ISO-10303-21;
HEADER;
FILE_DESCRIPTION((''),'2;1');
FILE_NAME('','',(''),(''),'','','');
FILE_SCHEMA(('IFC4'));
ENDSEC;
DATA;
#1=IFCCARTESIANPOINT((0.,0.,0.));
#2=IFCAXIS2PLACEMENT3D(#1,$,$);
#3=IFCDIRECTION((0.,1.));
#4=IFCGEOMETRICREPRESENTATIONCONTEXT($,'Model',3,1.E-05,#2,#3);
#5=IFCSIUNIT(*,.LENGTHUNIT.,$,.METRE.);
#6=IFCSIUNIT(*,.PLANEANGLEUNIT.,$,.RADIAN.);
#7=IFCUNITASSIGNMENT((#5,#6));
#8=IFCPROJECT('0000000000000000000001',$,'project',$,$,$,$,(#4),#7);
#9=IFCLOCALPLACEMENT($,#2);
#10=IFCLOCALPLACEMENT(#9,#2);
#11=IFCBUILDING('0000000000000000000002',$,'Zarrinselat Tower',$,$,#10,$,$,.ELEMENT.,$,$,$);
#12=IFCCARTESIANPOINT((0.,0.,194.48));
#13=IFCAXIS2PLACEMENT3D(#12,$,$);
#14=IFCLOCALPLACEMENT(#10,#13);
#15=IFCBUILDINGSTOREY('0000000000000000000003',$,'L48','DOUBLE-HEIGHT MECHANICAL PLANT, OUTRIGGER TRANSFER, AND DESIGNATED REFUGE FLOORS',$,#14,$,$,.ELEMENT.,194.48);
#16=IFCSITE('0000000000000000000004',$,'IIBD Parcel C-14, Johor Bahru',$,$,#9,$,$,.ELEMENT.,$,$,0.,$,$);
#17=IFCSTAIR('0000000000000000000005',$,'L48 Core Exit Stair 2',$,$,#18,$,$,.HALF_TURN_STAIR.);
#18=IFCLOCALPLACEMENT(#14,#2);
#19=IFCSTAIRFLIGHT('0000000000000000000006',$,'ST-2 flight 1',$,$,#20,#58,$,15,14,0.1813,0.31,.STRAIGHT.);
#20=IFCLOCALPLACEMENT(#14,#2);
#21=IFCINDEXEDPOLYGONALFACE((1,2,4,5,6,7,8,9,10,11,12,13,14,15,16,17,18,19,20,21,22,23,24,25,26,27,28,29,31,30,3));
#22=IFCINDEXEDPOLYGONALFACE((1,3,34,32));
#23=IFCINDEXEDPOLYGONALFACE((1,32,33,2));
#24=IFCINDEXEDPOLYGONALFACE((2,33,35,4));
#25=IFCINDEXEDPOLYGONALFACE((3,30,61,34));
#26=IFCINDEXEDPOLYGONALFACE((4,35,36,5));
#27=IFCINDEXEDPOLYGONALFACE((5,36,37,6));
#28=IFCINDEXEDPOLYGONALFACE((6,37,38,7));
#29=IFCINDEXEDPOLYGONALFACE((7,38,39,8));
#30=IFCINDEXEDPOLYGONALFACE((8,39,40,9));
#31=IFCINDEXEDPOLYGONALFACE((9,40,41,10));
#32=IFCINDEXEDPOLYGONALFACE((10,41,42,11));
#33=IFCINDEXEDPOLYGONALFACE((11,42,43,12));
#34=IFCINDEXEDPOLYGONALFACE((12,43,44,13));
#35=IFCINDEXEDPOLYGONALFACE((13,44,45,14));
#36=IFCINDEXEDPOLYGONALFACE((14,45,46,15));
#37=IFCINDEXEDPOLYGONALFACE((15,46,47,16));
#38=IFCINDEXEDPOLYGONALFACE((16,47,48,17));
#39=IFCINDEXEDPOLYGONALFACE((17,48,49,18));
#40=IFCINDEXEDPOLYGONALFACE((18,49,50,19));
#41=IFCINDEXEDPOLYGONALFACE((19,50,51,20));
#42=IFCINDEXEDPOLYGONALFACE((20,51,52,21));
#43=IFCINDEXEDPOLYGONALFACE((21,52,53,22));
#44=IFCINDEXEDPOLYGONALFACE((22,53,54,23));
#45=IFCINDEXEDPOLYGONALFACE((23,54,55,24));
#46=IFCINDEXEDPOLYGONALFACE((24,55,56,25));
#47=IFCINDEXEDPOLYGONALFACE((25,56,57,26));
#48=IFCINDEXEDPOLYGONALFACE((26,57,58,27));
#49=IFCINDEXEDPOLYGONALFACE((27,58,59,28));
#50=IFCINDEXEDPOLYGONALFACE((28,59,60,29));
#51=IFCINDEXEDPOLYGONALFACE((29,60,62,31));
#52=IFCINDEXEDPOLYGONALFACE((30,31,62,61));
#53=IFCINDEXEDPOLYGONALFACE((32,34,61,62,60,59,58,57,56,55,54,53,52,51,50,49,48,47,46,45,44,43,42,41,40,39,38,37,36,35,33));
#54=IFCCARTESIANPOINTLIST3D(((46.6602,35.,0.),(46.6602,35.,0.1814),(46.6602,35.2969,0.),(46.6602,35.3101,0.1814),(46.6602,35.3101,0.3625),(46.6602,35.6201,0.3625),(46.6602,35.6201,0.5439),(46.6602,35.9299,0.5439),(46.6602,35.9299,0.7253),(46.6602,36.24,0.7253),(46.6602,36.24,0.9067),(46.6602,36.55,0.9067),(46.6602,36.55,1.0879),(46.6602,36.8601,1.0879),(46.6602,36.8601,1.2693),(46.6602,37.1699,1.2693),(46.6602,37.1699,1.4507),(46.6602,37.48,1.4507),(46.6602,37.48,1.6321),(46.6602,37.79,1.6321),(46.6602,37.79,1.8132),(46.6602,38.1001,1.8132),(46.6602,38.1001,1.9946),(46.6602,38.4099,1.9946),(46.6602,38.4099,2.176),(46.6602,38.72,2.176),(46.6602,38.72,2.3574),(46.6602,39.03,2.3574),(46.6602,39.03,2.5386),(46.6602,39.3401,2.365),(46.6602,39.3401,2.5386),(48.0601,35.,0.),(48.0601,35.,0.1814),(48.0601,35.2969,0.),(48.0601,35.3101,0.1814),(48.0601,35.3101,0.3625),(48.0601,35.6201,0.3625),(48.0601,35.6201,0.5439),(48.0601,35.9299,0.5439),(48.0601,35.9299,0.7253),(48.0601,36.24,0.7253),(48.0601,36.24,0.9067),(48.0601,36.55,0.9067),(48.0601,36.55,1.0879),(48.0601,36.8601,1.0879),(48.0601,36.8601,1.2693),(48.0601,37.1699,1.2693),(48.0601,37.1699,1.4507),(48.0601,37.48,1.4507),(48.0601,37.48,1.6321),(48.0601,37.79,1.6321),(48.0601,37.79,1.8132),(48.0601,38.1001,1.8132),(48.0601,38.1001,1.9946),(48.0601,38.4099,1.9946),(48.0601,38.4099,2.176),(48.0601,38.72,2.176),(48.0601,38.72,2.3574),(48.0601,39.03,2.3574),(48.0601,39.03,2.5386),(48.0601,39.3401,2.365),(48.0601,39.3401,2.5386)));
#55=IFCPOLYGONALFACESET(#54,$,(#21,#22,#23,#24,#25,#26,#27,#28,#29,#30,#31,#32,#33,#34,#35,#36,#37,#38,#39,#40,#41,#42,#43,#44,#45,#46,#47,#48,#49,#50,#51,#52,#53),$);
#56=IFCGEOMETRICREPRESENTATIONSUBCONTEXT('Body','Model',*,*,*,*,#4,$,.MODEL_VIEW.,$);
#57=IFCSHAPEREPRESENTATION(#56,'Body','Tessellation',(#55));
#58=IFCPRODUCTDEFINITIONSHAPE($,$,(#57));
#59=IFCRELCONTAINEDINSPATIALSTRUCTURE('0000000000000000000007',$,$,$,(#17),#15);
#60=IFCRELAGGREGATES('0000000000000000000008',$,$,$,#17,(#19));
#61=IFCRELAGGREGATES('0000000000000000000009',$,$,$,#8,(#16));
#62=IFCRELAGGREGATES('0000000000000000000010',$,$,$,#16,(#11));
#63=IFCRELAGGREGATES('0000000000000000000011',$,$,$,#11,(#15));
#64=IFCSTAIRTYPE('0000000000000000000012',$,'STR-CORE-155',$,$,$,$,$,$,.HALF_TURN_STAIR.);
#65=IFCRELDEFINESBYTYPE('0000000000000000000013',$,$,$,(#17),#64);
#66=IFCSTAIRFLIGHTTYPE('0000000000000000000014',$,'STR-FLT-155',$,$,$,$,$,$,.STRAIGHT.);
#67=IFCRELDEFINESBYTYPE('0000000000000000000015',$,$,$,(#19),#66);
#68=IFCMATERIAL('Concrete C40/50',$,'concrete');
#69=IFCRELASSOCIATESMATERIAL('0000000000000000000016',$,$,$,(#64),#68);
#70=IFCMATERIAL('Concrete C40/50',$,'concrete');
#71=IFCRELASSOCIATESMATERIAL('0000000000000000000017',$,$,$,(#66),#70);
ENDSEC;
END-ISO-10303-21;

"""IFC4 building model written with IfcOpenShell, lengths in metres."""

from ifc_helpers import new_model, si_unit, direction, frame, origin, place, context, subcontext, project, spatial, polyline, outline, extrude, material, type_object, element, aggregate, save


model = new_model("IFC4")

# Units and contexts
model_context = context("Model", 3, precision=1e-05, world=origin(), true_north=direction((0.0, 1.0)))
body_context = subcontext(model_context, "Body", "Model", "MODEL_VIEW")
ifc_project = project(units=[si_unit("LENGTHUNIT", "METRE"), si_unit("PLANEANGLEUNIT", "RADIAN")], contexts=[model_context])

# Site, building, storey
site_placement = place(None, origin())
site = spatial("IfcSite", under=ifc_project, at=site_placement, Name="IIBD Parcel C-14, Johor Bahru", CompositionType="ELEMENT", RefElevation=0.0)
building_placement = place(site_placement, origin())
building = spatial("IfcBuilding", under=site, at=building_placement, Name="Zarrinselat Tower", CompositionType="ELEMENT")
storey_placement = place(building_placement, frame((0.0, 0.0, 194.48)))
storey = spatial("IfcBuildingStorey", under=building, at=storey_placement, Name="L48", Description="DOUBLE-HEIGHT MECHANICAL PLANT, OUTRIGGER TRANSFER, AND DESIGNATED REFUGE FLOORS", CompositionType="ELEMENT", Elevation=194.48)

# Stair, stair flight
ifc_material_1 = material(Name="Concrete C40/50", Category="concrete")
stair_type = type_object("IfcStairType", Name="STR-CORE-155", PredefinedType="HALF_TURN_STAIR", material=ifc_material_1)
stair_placement = place(storey_placement, origin())
stair = element("IfcStair", 1, at=stair_placement, inside=storey, type_object=stair_type, Name="L48 Core Exit Stair 2", PredefinedType="HALF_TURN_STAIR")
ifc_material_2 = material(Name="Concrete C40/50", Category="concrete")
stair_flight_type = type_object("IfcStairFlightType", Name="STR-FLT-155", PredefinedType="STRAIGHT", material=ifc_material_2)
stair_flight_placement = place(storey_placement, frame((47.3601, 35.0, 0.0), z_axis=(0.0, 0.0, 1.0), x_axis=(0.0, 1.0, 0.0)))
stair_flight = element("IfcStairFlight", 2, at=stair_flight_placement, type_object=stair_flight_type, Name="ST-2 flight 1", NumberOfRisers=15, NumberOfTreads=14, PredefinedType="STRAIGHT", RiserHeight=0.1813, TreadLength=0.31, context=body_context, shape_type="SweptSolid", body=[
    extrude(outline(polyline([(0.0, 0.0), (0.0, 0.1814), (0.3101, 0.1814), (0.3101, 0.3625), (0.6201, 0.3625), (0.6201, 0.5439), (0.9299, 0.5439), (0.9299, 0.7253), (1.24, 0.7253), (1.24, 0.9067), (1.55, 0.9067), (1.55, 1.0879), (1.8601, 1.0879), (1.8601, 1.2693), (2.1699, 1.2693), (2.1699, 1.4507), (2.48, 1.4507), (2.48, 1.6321), (2.79, 1.6321), (2.79, 1.8132), (3.1001, 1.8132), (3.1001, 1.9946), (3.4099, 1.9946), (3.4099, 2.176), (3.72, 2.176), (3.72, 2.3574), (4.03, 2.3574), (4.03, 2.5386), (4.3401, 2.5386), (4.3401, 2.72), (4.3401, 2.365), (0.2969, 0.0), (0.0, 0.0)])), frame((0.0, 0.7, 0.0), z_axis=(0.0, -1.0, 0.0), x_axis=(1.0, 0.0, 0.0)), (0.0, 0.0, 1.0), 1.3999),
])
aggregate(stair, [stair_flight])

save(model, "model.ifc")
